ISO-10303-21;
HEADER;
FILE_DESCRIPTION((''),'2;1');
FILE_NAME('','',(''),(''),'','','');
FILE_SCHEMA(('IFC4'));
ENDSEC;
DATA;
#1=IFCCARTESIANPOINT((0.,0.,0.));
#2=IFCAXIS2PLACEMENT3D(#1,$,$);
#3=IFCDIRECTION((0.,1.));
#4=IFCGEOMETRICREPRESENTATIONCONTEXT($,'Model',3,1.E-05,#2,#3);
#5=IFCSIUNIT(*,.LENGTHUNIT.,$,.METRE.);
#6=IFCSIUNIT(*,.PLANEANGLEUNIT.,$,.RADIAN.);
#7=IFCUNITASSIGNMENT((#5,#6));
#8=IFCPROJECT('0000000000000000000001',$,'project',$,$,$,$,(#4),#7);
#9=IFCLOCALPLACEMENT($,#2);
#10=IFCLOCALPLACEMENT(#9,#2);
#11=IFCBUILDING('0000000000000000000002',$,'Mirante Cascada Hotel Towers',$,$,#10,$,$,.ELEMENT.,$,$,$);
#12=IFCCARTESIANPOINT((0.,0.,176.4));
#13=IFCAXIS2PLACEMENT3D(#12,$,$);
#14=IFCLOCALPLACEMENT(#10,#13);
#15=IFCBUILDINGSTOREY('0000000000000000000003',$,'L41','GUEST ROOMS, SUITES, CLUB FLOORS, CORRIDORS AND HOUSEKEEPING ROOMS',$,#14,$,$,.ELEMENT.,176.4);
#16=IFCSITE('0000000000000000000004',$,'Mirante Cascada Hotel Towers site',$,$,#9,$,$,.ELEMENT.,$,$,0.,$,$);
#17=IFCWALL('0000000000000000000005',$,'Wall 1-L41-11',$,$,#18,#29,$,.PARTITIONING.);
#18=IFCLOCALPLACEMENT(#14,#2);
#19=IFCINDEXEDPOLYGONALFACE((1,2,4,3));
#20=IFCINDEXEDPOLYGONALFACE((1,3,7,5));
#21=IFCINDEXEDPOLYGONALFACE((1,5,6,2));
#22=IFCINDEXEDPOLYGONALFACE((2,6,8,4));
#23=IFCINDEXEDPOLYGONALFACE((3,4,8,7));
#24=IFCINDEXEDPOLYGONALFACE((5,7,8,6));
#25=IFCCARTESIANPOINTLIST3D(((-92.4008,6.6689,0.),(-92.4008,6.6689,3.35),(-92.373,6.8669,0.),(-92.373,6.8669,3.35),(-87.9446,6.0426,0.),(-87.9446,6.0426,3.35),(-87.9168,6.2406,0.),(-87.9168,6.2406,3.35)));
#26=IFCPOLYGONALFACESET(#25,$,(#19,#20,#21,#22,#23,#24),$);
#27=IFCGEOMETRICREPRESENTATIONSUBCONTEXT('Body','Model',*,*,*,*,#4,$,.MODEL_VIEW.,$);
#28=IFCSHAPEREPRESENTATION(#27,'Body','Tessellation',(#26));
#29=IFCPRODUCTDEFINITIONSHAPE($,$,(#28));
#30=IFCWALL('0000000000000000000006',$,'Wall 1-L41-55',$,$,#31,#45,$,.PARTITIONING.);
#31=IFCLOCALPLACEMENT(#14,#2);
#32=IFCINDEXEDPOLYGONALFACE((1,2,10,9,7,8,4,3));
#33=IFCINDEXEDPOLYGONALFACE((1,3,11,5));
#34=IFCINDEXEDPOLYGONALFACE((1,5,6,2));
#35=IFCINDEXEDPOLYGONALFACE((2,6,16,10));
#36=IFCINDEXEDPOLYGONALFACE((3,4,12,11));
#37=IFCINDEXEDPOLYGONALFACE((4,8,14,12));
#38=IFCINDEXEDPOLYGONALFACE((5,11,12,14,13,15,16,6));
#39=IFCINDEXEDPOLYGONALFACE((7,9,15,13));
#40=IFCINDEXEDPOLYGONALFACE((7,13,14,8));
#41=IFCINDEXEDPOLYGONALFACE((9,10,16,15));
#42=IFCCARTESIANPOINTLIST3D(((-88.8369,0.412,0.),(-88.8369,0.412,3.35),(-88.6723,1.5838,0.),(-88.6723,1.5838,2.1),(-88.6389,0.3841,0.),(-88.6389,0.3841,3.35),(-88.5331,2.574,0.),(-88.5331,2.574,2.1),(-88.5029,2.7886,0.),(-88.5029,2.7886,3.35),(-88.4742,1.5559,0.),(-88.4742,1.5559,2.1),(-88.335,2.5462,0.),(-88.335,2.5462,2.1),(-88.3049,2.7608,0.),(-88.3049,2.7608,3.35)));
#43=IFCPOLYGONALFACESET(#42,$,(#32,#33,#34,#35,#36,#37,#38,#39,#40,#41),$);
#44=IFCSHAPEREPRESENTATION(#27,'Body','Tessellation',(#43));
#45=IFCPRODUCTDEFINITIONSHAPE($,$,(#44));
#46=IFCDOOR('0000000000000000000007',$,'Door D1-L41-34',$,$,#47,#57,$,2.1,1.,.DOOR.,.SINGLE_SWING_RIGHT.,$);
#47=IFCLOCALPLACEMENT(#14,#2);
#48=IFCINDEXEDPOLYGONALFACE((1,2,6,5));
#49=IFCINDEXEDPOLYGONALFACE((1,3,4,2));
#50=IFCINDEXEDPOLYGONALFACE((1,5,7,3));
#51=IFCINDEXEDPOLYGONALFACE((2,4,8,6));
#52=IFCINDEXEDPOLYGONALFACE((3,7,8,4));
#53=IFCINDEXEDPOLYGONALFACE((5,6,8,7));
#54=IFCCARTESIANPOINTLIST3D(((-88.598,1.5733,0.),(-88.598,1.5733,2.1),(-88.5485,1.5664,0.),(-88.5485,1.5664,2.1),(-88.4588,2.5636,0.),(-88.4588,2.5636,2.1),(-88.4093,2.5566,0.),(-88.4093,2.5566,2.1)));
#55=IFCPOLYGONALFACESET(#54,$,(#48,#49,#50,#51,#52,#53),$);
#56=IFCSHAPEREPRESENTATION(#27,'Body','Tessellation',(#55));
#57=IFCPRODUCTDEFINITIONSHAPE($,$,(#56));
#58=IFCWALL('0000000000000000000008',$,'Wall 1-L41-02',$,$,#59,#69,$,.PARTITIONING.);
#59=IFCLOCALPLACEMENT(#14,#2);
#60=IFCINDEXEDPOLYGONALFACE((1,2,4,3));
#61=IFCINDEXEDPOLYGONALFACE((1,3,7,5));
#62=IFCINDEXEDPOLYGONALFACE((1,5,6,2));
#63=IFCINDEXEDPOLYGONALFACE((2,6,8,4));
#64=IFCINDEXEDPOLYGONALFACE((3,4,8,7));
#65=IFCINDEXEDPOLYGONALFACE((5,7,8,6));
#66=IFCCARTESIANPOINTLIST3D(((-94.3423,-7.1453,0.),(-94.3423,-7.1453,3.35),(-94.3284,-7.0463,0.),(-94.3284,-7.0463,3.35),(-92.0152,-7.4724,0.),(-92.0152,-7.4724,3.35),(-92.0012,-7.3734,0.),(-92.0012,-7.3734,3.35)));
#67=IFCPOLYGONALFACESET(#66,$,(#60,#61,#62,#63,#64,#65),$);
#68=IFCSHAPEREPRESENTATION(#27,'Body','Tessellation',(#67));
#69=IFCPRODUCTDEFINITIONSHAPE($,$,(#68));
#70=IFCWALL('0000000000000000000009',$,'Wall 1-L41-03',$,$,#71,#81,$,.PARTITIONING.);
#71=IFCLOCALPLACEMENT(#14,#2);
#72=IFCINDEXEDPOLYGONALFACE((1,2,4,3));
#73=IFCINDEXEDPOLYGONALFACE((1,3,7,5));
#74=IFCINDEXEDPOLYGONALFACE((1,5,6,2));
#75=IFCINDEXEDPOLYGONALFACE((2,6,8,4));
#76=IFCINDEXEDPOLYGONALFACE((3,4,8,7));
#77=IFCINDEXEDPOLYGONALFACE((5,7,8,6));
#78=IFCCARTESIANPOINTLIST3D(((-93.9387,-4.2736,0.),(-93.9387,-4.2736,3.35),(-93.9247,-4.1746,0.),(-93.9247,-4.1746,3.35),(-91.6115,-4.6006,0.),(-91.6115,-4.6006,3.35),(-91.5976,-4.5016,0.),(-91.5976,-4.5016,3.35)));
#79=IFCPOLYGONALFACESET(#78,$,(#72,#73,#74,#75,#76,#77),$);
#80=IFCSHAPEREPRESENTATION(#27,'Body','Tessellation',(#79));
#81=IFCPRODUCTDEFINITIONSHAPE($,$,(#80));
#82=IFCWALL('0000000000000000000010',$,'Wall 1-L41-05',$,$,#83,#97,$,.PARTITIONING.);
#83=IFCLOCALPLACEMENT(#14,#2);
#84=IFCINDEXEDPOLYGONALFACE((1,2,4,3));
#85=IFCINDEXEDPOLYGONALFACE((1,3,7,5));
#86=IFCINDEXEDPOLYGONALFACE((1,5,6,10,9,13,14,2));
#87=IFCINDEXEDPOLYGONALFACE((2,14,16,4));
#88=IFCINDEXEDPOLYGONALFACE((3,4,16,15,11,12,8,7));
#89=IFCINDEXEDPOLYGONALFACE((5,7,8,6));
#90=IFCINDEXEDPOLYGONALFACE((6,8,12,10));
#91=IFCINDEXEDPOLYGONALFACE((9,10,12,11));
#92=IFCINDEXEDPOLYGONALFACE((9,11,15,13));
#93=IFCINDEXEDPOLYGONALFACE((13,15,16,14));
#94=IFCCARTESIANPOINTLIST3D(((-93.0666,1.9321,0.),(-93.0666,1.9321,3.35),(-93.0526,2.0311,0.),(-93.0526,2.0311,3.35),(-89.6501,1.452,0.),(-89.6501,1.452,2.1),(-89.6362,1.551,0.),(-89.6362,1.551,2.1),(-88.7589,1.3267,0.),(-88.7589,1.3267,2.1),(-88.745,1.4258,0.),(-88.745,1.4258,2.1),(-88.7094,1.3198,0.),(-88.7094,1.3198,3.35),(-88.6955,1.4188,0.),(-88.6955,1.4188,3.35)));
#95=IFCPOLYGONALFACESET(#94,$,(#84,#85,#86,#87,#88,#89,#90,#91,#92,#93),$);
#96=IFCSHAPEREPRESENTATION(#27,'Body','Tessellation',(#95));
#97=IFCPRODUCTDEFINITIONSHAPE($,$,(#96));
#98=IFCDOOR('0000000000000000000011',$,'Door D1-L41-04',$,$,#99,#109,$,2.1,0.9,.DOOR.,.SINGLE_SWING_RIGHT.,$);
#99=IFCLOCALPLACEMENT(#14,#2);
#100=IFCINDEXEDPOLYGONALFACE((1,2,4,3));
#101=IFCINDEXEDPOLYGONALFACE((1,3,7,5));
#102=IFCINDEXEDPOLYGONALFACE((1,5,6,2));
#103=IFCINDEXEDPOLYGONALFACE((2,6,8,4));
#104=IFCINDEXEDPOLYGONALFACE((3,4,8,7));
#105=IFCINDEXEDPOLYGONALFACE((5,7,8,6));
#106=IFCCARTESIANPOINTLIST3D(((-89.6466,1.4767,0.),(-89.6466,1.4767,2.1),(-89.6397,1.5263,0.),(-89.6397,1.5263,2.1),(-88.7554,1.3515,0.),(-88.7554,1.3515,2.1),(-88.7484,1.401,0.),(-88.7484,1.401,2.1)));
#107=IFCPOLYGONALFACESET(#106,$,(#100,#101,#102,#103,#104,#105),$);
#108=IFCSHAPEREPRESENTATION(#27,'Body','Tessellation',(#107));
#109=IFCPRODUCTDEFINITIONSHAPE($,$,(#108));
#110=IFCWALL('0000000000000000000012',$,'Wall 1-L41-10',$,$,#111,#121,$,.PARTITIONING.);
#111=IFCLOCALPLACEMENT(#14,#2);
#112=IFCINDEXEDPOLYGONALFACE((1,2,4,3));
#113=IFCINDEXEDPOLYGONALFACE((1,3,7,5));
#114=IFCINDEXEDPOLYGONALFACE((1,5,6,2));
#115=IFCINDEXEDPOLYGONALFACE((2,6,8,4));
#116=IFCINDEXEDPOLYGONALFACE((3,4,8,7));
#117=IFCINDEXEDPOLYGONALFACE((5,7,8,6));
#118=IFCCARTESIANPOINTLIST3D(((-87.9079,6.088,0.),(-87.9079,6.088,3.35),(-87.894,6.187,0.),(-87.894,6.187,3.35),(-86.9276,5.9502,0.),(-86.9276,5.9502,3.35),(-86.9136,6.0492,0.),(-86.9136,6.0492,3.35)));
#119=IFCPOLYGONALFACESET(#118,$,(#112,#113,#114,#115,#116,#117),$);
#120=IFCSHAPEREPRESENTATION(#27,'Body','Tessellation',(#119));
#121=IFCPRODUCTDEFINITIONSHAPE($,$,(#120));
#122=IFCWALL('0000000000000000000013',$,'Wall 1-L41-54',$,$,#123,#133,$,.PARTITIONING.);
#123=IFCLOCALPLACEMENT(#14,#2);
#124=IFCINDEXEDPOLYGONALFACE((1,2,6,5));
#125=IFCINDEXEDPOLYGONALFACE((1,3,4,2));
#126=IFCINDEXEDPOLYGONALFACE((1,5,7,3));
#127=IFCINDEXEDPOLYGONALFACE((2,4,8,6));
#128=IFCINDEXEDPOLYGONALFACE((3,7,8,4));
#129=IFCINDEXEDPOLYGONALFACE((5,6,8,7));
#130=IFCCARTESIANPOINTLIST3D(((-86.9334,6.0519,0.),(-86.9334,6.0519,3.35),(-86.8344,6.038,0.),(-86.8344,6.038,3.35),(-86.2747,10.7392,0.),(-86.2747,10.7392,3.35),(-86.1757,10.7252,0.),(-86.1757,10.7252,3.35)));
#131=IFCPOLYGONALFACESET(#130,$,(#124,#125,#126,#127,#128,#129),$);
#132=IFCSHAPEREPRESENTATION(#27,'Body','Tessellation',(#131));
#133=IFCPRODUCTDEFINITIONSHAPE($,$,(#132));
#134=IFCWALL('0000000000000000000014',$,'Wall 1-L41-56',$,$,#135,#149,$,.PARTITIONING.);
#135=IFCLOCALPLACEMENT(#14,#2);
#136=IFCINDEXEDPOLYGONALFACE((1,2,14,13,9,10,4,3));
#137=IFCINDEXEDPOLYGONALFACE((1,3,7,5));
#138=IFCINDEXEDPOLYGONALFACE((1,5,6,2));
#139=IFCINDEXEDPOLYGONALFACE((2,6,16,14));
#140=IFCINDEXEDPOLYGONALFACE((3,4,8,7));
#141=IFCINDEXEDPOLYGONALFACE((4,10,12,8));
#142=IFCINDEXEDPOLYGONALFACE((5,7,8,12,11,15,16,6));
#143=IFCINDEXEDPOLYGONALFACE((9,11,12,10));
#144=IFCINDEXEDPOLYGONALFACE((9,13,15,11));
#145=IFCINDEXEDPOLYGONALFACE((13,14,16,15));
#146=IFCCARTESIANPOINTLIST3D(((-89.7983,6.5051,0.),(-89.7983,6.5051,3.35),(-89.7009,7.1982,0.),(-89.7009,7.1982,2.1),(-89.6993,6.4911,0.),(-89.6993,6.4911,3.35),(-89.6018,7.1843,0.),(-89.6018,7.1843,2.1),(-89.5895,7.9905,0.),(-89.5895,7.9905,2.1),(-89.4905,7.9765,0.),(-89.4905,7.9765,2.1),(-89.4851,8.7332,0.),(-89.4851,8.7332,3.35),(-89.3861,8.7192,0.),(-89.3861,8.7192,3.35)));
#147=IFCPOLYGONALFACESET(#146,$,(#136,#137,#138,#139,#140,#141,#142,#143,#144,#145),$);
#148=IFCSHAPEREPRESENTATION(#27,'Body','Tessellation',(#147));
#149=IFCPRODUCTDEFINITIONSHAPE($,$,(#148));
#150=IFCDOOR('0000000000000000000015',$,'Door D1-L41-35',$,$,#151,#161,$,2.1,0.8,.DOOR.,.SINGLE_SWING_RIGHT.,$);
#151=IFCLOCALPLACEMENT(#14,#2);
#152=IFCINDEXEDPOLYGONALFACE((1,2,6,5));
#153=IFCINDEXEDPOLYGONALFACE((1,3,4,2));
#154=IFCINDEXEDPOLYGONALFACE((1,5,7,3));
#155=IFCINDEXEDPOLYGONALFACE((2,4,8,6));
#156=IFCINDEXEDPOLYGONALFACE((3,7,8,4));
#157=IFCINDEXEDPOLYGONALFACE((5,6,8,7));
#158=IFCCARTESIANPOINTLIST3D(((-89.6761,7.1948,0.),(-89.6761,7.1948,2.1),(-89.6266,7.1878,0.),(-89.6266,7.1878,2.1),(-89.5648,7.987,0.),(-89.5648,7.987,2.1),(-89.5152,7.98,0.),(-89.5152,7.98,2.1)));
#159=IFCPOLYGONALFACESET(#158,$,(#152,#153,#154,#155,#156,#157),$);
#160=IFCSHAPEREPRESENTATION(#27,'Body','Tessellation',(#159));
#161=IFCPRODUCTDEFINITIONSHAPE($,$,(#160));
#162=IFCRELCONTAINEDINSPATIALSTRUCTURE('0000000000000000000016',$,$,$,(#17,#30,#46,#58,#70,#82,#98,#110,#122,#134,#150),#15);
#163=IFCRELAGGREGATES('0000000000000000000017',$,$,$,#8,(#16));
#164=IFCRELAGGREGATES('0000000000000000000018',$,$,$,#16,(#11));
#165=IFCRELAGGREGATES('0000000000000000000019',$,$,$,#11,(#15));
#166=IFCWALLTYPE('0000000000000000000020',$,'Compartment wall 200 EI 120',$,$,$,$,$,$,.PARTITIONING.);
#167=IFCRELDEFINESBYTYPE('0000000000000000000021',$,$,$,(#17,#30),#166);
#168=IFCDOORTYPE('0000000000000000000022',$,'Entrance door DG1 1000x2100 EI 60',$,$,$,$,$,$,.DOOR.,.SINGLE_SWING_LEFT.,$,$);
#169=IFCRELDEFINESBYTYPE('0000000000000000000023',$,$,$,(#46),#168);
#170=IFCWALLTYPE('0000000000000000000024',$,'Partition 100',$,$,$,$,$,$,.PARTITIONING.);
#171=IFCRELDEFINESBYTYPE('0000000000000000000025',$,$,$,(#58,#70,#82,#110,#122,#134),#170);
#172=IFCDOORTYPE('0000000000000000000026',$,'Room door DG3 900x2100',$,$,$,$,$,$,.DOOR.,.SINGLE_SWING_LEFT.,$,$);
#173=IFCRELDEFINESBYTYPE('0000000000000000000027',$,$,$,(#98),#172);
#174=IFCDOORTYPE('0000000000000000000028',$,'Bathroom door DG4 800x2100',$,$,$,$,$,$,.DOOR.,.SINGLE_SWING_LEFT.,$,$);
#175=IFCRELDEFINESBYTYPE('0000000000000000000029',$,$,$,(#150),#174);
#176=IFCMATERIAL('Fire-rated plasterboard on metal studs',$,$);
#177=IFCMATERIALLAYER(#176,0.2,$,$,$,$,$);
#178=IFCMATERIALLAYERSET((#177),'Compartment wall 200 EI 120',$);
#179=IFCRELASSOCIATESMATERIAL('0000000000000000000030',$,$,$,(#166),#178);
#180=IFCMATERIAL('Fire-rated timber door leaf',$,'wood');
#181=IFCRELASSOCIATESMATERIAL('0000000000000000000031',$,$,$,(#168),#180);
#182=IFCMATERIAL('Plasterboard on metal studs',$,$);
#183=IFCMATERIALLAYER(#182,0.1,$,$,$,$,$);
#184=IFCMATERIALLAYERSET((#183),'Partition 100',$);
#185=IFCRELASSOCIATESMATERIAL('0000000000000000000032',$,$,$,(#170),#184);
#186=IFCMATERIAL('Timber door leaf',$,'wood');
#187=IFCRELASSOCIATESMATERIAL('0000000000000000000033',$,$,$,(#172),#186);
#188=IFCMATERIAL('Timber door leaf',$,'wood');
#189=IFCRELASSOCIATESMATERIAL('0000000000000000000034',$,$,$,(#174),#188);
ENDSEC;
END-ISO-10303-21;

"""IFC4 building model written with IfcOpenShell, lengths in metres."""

from ifc_helpers import new_model, si_unit, direction, frame, frame_2d, origin, place, context, subcontext, project, spatial, rectangle, extrude, material, layer, layer_set, type_object, element, fill, save


model = new_model("IFC4")

# Units and contexts
model_context = context("Model", 3, precision=1e-05, world=origin(), true_north=direction((0.0, 1.0)))
body_context = subcontext(model_context, "Body", "Model", "MODEL_VIEW")
ifc_project = project(units=[si_unit("LENGTHUNIT", "METRE"), si_unit("PLANEANGLEUNIT", "RADIAN")], contexts=[model_context])

# Site, building, storey
site_placement = place(None, origin())
site = spatial("IfcSite", under=ifc_project, at=site_placement, Name="Mirante Cascada Hotel Towers site", CompositionType="ELEMENT", RefElevation=0.0)
building_placement = place(site_placement, origin())
building = spatial("IfcBuilding", under=site, at=building_placement, Name="Mirante Cascada Hotel Towers", CompositionType="ELEMENT")
storey_placement = place(building_placement, frame((0.0, 0.0, 176.4)))
storey = spatial("IfcBuildingStorey", under=building, at=storey_placement, Name="L41", Description="GUEST ROOMS, SUITES, CLUB FLOORS, CORRIDORS AND HOUSEKEEPING ROOMS", CompositionType="ELEMENT", Elevation=176.4)

# Wall
ifc_material_1 = material(Name="Fire-rated plasterboard on metal studs")
ifc_layer_1 = layer(ifc_material_1, 0.2)
ifc_layer_set_1 = layer_set([ifc_layer_1], Name="Compartment wall 200 EI 120")
wall_type_1 = type_object("IfcWallType", Name="Compartment wall 200 EI 120", PredefinedType="PARTITIONING", material=ifc_layer_set_1)
wall_1_placement = place(storey_placement, frame((-92.3869, 6.7679, 0.0), z_axis=(0.0, 0.0, 1.0), x_axis=(0.990267, -0.139178, 0.0)))
element("IfcWall", 1, at=wall_1_placement, inside=storey, type_object=wall_type_1, Name="Wall 1-L41-11", PredefinedType="PARTITIONING", context=body_context, shape_type="SweptSolid", body=[
    extrude(rectangle(XDim=4.5, YDim=0.2, at=frame_2d((2.25, 0.0))), origin(), (0.0, 0.0, 1.0), 3.35),
])

# Wall, opening, door
wall_2_placement = place(storey_placement, frame((-88.4039, 2.7747, 0.0), z_axis=(0.0, 0.0, 1.0), x_axis=(-0.139169, -0.990269, 0.0)))
wall_2 = element("IfcWall", 2, at=wall_2_placement, inside=storey, type_object=wall_type_1, Name="Wall 1-L41-55", PredefinedType="PARTITIONING", context=body_context, shape_type="SweptSolid", body=[
    extrude(rectangle(XDim=2.4, YDim=0.2, at=frame_2d((1.2, 0.0))), origin(), (0.0, 0.0, 1.0), 3.35),
])
opening_1_placement = place(wall_2_placement, frame((0.2167, 0.0, 0.0)))
opening_1 = element("IfcOpeningElement", 3, at=opening_1_placement, cuts=wall_2, PredefinedType="OPENING", context=body_context, shape_type="SweptSolid", body=[
    extrude(rectangle(XDim=1.0, YDim=2.1, at=frame_2d((0.5, 1.05))), frame((0.0, 0.1, 0.0), z_axis=(0.0, -1.0, 0.0), x_axis=(1.0, 0.0, 0.0)), (0.0, 0.0, 1.0), 0.2),
])
ifc_material_2 = material(Name="Fire-rated timber door leaf", Category="wood")
door_type_1 = type_object("IfcDoorType", Name="Entrance door DG1 1000x2100 EI 60", OperationType="SINGLE_SWING_LEFT", PredefinedType="DOOR", material=ifc_material_2)
door_1_placement = place(opening_1_placement, frame((1.0, 0.0, 0.0), z_axis=(0.0, 0.0, 1.0), x_axis=(-1.0, 0.0, 0.0)))
door_1 = element("IfcDoor", 4, at=door_1_placement, inside=storey, type_object=door_type_1, Name="Door D1-L41-34", OperationType="SINGLE_SWING_RIGHT", OverallHeight=2.1, OverallWidth=1.0, PredefinedType="DOOR", context=body_context, shape_type="SweptSolid", body=[
    extrude(rectangle(XDim=1.0, YDim=2.1, at=frame_2d((0.5, 1.05))), frame((0.0, 0.025, 0.0), z_axis=(0.0, -1.0, 0.0), x_axis=(1.0, 0.0, 0.0)), (0.0, 0.0, 1.0), 0.05),
])
fill(opening_1, door_1)

# Walls
ifc_material_3 = material(Name="Plasterboard on metal studs")
ifc_layer_2 = layer(ifc_material_3, 0.1)
ifc_layer_set_2 = layer_set([ifc_layer_2], Name="Partition 100")
wall_type_2 = type_object("IfcWallType", Name="Partition 100", PredefinedType="PARTITIONING", material=ifc_layer_set_2)
for number, where, z_axis, x_axis, name in (
    (5, (-92.0082, -7.4229, 0.0), (0.0, 0.0, 1.0), (-0.990265, 0.139193, 0.0), "Wall 1-L41-02"),
    (6, (-93.9317, -4.2241, 0.0), (0.0, 0.0, 1.0), (0.990271, -0.139151, 0.0), "Wall 1-L41-03"),
):
    element("IfcWall", number, at=place(storey_placement, frame(where, z_axis=z_axis, x_axis=x_axis)), inside=storey, type_object=wall_type_2, Name=name, PredefinedType="PARTITIONING", context=body_context, shape_type="SweptSolid", body=[
        extrude(rectangle(XDim=2.35, YDim=0.1, at=frame_2d((1.175, 0.0))), origin(), (0.0, 0.0, 1.0), 3.35),
    ])

# Wall, opening, door
wall_3_placement = place(storey_placement, frame((-93.0596, 1.9816, 0.0), z_axis=(0.0, 0.0, 1.0), x_axis=(0.99027, -0.139159, 0.0)))
wall_3 = element("IfcWall", 7, at=wall_3_placement, inside=storey, type_object=wall_type_2, Name="Wall 1-L41-05", PredefinedType="PARTITIONING", context=body_context, shape_type="SweptSolid", body=[
    extrude(rectangle(XDim=4.4, YDim=0.1, at=frame_2d((2.2, 0.0))), origin(), (0.0, 0.0, 1.0), 3.35),
])
opening_2_placement = place(wall_3_placement, frame((3.45, 0.0, 0.0)))
opening_2 = element("IfcOpeningElement", 8, at=opening_2_placement, cuts=wall_3, PredefinedType="OPENING", context=body_context, shape_type="SweptSolid", body=[
    extrude(rectangle(XDim=0.9, YDim=2.1, at=frame_2d((0.45, 1.05))), frame((0.0, 0.05, 0.0), z_axis=(0.0, -1.0, 0.0), x_axis=(1.0, 0.0, 0.0)), (0.0, 0.0, 1.0), 0.1),
])
ifc_material_4 = material(Name="Timber door leaf", Category="wood")
door_type_2 = type_object("IfcDoorType", Name="Room door DG3 900x2100", OperationType="SINGLE_SWING_LEFT", PredefinedType="DOOR", material=ifc_material_4)
door_2_placement = place(opening_2_placement, frame((0.9, 0.0, 0.0), z_axis=(0.0, 0.0, 1.0), x_axis=(-1.0, 0.0, 0.0)))
door_2 = element("IfcDoor", 9, at=door_2_placement, inside=storey, type_object=door_type_2, Name="Door D1-L41-04", OperationType="SINGLE_SWING_RIGHT", OverallHeight=2.1, OverallWidth=0.9, PredefinedType="DOOR", context=body_context, shape_type="SweptSolid", body=[
    extrude(rectangle(XDim=0.9, YDim=2.1, at=frame_2d((0.45, 1.05))), frame((0.0, 0.025, 0.0), z_axis=(0.0, -1.0, 0.0), x_axis=(1.0, 0.0, 0.0)), (0.0, 0.0, 1.0), 0.05),
])
fill(opening_2, door_2)

# Walls
wall_4_placement = place(storey_placement, frame((-86.9206, 5.9997, 0.0), z_axis=(0.0, 0.0, 1.0), x_axis=(-0.990266, 0.139187, 0.0)))
element("IfcWall", 10, at=wall_4_placement, inside=storey, type_object=wall_type_2, Name="Wall 1-L41-10", PredefinedType="PARTITIONING", context=body_context, shape_type="SweptSolid", body=[
    extrude(rectangle(XDim=0.99, YDim=0.1, at=frame_2d((0.495, 0.0))), origin(), (0.0, 0.0, 1.0), 3.35),
])
wall_5_placement = place(storey_placement, frame((-86.8839, 6.045, 0.0), z_axis=(0.0, 0.0, 1.0), x_axis=(0.139164, 0.990269, 0.0)))
element("IfcWall", 11, at=wall_5_placement, inside=storey, type_object=wall_type_2, Name="Wall 1-L41-54", PredefinedType="PARTITIONING", context=body_context, shape_type="SweptSolid", body=[
    extrude(rectangle(XDim=4.7333, YDim=0.1, at=frame_2d((2.3666, 0.0))), origin(), (0.0, 0.0, 1.0), 3.35),
])

# Wall, opening, door
wall_6_placement = place(storey_placement, frame((-89.7488, 6.4981, 0.0), z_axis=(0.0, 0.0, 1.0), x_axis=(0.1392, 0.990264, 0.0)))
wall_6 = element("IfcWall", 12, at=wall_6_placement, inside=storey, type_object=wall_type_2, Name="Wall 1-L41-56", PredefinedType="PARTITIONING", context=body_context, shape_type="SweptSolid", body=[
    extrude(rectangle(XDim=2.25, YDim=0.1, at=frame_2d((1.125, 0.0))), origin(), (0.0, 0.0, 1.0), 3.35),
])
opening_3_placement = place(wall_6_placement, frame((0.7, 0.0, 0.0)))
opening_3 = element("IfcOpeningElement", 13, at=opening_3_placement, cuts=wall_6, PredefinedType="OPENING", context=body_context, shape_type="SweptSolid", body=[
    extrude(rectangle(XDim=0.8, YDim=2.1, at=frame_2d((0.4, 1.05))), frame((0.0, 0.05, 0.0), z_axis=(0.0, -1.0, 0.0), x_axis=(1.0, 0.0, 0.0)), (0.0, 0.0, 1.0), 0.1),
])
ifc_material_5 = material(Name="Timber door leaf", Category="wood")
door_type_3 = type_object("IfcDoorType", Name="Bathroom door DG4 800x2100", OperationType="SINGLE_SWING_LEFT", PredefinedType="DOOR", material=ifc_material_5)
door_3_placement = place(opening_3_placement, frame((0.8, 0.0, 0.0), z_axis=(0.0, 0.0, 1.0), x_axis=(-1.0, 0.0, 0.0)))
door_3 = element("IfcDoor", 14, at=door_3_placement, inside=storey, type_object=door_type_3, Name="Door D1-L41-35", OperationType="SINGLE_SWING_RIGHT", OverallHeight=2.1, OverallWidth=0.8, PredefinedType="DOOR", context=body_context, shape_type="SweptSolid", body=[
    extrude(rectangle(XDim=0.8, YDim=2.1, at=frame_2d((0.4, 1.05))), frame((0.0, 0.025, 0.0), z_axis=(0.0, -1.0, 0.0), x_axis=(1.0, 0.0, 0.0)), (0.0, 0.0, 1.0), 0.05),
])
fill(opening_3, door_3)

save(model, "model.ifc")
